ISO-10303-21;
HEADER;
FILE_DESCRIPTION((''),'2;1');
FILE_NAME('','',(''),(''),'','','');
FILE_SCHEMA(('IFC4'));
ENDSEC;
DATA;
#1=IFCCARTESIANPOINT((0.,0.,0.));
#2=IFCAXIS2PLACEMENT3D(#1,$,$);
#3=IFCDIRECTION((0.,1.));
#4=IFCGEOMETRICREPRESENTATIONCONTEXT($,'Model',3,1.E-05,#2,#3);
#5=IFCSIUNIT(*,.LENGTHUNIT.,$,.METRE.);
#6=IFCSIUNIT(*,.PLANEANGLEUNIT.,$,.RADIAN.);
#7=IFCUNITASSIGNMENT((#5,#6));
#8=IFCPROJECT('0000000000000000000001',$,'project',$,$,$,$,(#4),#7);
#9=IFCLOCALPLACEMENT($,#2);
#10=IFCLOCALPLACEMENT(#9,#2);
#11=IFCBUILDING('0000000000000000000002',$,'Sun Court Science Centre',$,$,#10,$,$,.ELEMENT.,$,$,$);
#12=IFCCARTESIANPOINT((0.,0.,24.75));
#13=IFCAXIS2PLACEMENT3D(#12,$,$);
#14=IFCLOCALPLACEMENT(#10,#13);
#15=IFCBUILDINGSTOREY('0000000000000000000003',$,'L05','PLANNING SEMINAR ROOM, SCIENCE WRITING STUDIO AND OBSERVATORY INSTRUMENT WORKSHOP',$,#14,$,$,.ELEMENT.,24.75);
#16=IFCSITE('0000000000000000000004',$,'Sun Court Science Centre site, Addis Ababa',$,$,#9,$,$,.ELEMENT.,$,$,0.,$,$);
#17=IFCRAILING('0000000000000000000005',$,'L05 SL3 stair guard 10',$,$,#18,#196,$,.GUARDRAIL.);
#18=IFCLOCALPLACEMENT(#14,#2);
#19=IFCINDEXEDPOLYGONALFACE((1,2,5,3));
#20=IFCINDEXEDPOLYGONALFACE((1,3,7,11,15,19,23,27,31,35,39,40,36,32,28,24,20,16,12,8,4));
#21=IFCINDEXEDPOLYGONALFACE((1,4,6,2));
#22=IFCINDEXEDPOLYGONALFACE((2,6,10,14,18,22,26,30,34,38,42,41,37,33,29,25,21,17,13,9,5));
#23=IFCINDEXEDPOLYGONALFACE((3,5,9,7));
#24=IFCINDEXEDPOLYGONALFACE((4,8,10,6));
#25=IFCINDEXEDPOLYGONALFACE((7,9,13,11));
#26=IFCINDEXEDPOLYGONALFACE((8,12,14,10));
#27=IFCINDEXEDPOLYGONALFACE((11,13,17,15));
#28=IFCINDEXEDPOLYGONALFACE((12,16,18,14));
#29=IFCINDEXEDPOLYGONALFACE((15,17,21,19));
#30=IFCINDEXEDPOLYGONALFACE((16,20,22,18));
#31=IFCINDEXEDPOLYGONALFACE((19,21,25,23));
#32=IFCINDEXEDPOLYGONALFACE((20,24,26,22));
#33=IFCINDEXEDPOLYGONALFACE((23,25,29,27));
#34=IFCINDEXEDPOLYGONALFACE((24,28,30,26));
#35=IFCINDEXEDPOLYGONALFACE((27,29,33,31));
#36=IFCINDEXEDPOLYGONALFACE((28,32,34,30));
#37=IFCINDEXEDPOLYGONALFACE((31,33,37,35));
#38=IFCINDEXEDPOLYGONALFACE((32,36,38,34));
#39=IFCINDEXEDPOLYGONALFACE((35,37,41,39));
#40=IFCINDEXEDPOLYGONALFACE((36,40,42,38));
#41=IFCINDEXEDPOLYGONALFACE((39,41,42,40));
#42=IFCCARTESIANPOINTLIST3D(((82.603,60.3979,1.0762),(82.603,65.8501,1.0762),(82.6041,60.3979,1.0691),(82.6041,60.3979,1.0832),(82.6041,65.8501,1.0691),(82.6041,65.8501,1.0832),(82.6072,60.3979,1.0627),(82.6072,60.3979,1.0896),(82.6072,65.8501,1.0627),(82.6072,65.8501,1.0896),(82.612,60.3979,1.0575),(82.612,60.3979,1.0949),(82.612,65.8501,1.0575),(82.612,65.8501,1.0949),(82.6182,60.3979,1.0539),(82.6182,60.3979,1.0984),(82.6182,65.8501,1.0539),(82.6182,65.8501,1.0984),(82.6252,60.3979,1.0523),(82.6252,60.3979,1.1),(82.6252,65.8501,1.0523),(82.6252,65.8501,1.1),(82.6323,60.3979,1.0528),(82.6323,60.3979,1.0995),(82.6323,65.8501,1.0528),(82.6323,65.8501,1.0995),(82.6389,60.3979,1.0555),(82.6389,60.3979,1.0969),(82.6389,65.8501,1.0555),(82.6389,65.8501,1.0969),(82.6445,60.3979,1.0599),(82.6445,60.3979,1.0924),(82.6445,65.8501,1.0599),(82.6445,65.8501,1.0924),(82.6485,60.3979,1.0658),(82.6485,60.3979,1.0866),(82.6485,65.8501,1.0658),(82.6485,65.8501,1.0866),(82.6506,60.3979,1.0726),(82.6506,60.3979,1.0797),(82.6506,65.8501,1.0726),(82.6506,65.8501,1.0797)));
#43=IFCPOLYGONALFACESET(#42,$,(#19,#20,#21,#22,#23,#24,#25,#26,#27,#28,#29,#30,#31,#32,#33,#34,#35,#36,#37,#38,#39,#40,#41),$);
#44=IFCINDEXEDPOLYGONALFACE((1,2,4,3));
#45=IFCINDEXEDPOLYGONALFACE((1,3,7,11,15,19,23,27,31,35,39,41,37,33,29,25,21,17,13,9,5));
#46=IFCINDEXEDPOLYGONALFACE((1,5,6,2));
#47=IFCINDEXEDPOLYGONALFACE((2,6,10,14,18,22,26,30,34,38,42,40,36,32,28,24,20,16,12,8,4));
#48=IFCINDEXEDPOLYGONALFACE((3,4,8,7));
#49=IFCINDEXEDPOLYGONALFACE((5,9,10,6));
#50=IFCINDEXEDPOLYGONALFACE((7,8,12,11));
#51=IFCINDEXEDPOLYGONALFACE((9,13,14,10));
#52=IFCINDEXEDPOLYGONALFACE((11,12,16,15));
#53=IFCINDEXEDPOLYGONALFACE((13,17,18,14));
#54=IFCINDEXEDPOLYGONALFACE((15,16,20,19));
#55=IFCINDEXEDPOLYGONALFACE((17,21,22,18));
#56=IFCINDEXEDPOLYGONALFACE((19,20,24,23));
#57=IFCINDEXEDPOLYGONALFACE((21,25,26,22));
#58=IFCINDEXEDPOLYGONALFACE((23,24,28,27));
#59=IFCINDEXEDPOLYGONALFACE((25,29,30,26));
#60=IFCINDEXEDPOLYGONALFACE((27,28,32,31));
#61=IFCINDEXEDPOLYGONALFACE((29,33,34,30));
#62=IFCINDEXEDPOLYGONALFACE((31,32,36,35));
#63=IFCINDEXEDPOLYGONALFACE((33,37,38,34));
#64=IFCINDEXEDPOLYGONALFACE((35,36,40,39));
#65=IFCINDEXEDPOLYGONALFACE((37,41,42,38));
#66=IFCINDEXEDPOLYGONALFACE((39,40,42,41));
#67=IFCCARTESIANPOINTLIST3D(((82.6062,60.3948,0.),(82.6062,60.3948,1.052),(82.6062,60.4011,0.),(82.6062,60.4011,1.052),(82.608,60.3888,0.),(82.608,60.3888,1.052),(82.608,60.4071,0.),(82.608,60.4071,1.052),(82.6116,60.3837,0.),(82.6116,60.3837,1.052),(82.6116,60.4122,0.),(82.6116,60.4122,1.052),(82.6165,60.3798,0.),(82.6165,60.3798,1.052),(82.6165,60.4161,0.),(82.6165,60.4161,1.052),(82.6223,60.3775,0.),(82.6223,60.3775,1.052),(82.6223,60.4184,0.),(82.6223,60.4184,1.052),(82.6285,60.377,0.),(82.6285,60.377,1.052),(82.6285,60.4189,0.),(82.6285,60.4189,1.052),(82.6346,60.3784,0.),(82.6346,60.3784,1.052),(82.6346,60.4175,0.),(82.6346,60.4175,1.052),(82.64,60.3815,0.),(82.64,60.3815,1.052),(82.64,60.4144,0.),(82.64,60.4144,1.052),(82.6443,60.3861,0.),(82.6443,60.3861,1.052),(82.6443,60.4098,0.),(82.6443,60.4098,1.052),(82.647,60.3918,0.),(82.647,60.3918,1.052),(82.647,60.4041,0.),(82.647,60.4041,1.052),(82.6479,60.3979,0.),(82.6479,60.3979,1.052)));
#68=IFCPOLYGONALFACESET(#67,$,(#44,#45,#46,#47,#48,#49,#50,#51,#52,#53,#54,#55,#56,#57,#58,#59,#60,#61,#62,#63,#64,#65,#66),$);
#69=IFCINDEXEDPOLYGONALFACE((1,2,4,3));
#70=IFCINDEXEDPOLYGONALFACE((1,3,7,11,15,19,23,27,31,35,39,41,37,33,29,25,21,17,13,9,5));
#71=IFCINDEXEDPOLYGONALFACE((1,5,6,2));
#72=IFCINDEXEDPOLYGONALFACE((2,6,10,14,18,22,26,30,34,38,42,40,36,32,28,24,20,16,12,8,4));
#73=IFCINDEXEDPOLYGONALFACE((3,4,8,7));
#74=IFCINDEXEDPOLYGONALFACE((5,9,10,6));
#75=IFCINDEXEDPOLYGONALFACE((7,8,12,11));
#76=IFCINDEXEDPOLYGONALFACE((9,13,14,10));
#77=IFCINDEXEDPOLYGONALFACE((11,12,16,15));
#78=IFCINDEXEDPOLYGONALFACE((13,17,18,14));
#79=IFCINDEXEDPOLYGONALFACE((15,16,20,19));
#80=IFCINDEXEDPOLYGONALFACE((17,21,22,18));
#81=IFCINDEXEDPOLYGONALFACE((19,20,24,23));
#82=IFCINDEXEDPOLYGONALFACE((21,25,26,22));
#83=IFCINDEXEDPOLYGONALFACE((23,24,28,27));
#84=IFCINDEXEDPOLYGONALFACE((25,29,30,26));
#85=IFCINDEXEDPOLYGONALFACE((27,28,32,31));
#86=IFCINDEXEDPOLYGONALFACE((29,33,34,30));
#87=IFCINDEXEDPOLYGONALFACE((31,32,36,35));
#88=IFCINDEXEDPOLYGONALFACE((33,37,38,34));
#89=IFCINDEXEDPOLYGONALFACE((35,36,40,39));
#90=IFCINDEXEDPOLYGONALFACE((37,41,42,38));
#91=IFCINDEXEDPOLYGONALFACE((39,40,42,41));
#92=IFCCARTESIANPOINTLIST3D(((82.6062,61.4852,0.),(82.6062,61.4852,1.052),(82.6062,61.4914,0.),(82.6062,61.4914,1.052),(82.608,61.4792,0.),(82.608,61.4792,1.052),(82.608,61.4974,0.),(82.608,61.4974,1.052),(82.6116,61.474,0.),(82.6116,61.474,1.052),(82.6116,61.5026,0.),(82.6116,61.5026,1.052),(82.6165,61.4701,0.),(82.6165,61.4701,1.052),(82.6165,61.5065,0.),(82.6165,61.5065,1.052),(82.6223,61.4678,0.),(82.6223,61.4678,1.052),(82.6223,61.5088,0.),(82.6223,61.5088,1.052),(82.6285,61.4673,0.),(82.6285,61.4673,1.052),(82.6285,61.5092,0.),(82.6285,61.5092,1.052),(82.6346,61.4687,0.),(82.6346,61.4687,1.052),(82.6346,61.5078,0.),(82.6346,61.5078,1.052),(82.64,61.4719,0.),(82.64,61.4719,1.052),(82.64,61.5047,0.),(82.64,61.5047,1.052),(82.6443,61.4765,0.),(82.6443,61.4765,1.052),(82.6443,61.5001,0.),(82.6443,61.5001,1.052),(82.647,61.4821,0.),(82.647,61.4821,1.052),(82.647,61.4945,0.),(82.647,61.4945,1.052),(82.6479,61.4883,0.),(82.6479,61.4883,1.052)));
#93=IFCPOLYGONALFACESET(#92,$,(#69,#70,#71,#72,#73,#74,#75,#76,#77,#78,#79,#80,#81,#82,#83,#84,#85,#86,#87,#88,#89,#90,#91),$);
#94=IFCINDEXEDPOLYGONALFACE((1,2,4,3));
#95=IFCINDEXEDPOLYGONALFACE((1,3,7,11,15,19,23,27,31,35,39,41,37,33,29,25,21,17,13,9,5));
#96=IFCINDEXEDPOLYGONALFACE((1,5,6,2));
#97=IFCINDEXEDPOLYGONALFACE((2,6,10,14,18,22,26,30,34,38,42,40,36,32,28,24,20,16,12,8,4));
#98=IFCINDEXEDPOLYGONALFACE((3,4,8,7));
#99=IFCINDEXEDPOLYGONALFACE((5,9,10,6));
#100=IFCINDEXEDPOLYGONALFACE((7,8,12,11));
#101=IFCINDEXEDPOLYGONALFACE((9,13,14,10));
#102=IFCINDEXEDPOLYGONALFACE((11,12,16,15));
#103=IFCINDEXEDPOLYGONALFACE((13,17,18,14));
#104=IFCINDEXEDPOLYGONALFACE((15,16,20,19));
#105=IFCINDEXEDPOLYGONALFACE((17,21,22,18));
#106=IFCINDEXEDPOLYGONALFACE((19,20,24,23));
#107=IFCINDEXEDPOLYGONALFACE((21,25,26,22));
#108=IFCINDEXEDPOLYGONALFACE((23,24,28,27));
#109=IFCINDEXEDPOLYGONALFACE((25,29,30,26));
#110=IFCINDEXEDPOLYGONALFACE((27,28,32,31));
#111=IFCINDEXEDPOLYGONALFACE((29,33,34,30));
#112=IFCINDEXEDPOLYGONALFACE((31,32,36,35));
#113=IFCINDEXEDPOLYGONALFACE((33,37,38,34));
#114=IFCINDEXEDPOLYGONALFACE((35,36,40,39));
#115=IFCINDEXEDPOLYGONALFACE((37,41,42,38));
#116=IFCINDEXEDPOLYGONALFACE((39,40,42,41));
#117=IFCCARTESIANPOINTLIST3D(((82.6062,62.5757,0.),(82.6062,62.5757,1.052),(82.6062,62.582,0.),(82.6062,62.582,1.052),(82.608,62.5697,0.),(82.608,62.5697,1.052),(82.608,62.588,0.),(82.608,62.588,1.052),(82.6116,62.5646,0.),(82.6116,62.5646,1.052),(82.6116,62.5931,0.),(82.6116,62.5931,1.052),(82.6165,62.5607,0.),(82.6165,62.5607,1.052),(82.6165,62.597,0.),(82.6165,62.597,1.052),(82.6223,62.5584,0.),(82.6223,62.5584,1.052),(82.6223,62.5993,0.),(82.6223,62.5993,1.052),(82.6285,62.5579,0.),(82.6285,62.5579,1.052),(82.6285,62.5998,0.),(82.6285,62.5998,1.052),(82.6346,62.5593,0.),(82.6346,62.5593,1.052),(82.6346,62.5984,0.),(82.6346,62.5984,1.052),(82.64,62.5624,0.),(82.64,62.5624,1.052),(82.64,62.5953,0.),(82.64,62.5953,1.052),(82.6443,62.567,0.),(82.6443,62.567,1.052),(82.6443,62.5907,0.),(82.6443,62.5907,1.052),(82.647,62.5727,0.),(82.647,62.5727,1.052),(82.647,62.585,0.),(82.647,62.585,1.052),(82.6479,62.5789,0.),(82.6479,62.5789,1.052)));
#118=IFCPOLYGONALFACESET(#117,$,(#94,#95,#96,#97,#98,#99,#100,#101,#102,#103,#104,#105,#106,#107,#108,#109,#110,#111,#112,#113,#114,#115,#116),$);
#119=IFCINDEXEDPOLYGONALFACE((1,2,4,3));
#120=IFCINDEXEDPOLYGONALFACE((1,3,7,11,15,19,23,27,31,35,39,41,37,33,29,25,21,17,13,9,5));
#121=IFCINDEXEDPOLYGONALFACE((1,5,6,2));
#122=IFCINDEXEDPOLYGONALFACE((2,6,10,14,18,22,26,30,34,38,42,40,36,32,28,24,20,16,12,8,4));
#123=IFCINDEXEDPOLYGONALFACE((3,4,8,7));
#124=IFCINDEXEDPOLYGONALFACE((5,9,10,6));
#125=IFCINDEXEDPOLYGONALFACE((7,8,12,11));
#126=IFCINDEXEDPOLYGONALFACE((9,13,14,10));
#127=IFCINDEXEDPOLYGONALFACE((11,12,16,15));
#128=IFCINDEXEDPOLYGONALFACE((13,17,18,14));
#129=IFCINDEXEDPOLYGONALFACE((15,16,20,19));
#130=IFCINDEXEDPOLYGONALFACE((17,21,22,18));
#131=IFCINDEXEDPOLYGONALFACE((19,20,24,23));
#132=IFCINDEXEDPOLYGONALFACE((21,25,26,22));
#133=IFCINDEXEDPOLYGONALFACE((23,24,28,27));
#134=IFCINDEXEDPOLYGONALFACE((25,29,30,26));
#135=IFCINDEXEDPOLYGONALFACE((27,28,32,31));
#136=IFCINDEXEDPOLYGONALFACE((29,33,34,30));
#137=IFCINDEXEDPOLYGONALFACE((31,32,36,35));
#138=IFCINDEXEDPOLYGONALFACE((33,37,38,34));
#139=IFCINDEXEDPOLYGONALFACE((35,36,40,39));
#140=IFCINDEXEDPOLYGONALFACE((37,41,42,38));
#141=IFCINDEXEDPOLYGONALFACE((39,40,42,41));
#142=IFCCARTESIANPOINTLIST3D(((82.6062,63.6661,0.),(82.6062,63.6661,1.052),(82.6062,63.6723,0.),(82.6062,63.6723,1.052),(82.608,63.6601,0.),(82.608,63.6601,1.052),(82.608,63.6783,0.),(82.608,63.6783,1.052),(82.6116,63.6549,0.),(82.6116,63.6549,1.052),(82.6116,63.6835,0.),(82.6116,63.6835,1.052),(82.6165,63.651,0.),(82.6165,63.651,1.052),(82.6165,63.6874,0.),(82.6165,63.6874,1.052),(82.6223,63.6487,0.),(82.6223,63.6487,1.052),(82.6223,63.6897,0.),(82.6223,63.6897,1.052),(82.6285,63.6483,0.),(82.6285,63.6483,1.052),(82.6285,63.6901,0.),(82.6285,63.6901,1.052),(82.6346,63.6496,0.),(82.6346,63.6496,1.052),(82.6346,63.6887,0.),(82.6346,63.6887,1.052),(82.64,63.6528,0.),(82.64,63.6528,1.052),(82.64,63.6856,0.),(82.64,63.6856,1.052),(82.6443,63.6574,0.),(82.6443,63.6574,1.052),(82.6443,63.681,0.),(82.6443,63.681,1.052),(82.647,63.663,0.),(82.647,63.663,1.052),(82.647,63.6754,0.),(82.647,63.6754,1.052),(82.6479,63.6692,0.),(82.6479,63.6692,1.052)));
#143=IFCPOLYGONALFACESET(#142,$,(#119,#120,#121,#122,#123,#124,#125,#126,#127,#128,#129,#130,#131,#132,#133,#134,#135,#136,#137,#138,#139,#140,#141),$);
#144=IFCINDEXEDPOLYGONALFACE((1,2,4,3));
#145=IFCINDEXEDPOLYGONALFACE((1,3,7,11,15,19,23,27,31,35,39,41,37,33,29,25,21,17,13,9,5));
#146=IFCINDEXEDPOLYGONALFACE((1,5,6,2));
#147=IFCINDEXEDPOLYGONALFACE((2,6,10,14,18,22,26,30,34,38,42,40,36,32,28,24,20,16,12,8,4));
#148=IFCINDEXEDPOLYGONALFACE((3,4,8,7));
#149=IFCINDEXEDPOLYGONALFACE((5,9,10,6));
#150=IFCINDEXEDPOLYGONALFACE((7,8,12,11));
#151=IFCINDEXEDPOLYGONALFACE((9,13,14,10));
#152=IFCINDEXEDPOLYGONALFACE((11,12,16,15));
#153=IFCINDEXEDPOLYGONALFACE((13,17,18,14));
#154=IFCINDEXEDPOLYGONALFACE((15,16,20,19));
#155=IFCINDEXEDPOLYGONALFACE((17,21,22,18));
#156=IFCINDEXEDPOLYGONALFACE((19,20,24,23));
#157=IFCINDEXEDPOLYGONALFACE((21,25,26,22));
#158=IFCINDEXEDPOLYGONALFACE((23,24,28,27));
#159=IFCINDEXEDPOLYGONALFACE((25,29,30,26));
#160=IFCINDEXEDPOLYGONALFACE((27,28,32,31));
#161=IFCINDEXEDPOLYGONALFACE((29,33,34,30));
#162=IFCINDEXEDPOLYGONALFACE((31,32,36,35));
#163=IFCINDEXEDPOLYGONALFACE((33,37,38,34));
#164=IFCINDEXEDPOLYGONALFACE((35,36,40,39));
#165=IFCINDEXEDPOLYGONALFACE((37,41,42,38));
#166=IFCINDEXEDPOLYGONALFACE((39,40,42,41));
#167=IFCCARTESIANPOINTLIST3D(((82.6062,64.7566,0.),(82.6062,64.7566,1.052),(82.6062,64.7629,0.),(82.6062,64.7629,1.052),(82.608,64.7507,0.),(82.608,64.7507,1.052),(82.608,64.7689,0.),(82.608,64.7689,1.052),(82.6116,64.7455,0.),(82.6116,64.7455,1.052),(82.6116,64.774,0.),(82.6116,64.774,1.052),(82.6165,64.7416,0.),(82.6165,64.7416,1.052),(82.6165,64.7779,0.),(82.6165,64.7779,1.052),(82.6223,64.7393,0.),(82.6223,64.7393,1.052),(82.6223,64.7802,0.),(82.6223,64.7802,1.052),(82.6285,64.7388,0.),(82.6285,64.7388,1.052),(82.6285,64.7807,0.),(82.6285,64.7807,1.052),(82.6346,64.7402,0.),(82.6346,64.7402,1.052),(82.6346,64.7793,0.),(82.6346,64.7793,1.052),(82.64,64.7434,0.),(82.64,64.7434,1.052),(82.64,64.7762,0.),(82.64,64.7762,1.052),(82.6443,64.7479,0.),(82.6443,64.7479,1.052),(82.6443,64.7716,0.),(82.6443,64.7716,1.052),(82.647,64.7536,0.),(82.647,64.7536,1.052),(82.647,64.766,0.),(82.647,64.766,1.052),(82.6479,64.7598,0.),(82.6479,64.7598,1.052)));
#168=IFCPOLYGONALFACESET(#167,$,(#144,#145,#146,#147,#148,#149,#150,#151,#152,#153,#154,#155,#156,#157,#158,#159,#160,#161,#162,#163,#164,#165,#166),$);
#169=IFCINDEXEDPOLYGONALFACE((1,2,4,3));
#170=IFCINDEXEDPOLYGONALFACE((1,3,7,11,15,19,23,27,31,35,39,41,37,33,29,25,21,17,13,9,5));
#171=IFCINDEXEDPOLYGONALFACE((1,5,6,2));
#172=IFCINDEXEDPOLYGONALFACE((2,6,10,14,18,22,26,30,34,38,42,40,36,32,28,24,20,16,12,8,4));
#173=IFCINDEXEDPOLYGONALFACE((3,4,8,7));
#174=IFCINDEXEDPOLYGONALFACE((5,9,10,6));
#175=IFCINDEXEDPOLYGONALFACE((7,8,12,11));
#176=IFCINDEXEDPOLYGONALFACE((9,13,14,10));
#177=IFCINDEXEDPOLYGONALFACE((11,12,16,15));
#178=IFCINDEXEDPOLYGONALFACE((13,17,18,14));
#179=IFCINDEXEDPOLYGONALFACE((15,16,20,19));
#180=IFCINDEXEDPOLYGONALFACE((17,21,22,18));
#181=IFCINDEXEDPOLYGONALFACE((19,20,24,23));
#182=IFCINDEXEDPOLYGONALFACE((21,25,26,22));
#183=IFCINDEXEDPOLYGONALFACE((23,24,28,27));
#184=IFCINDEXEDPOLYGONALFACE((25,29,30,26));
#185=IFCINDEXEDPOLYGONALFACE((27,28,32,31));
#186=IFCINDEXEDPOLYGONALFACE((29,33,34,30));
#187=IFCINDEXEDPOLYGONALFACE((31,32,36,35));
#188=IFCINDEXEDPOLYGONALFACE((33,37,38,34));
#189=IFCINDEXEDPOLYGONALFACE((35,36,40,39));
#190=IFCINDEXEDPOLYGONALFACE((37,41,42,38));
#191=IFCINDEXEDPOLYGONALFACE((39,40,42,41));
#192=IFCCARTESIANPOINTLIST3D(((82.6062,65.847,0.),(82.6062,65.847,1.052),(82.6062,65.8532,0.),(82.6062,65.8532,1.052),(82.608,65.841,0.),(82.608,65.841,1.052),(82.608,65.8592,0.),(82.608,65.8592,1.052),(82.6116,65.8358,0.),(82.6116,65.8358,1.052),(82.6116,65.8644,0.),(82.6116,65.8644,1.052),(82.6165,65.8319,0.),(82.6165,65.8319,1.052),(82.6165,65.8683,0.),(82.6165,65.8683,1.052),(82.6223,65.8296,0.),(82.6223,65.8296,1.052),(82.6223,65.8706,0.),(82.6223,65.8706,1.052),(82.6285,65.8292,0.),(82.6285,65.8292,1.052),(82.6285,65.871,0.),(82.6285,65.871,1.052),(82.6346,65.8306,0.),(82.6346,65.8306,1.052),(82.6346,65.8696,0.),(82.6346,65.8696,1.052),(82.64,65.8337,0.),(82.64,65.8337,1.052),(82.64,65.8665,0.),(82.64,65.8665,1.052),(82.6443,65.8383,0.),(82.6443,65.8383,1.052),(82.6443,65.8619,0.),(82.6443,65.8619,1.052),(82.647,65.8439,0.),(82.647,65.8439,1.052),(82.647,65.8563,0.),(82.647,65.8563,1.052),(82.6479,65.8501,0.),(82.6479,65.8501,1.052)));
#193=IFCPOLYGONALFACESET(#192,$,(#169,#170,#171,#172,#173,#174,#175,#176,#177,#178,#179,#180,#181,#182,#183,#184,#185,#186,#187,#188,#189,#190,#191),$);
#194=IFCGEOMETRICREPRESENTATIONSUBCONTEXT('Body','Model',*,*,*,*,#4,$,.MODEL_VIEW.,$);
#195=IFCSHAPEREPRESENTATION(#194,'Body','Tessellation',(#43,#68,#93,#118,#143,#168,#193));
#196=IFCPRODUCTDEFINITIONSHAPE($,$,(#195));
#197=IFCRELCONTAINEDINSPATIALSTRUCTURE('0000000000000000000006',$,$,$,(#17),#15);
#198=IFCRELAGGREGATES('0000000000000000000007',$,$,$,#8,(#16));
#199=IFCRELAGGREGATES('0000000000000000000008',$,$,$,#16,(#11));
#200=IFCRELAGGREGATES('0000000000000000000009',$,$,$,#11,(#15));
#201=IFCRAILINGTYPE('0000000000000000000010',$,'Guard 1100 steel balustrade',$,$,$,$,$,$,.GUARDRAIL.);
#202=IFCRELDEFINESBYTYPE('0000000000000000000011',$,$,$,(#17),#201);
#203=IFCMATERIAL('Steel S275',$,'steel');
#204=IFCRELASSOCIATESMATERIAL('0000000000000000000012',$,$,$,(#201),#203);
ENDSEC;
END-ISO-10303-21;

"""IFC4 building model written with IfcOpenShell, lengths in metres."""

from ifc_helpers import new_model, si_unit, direction, frame, origin, origin_2d, place, context, subcontext, project, spatial, circle, extrude, material, type_object, element, save


model = new_model("IFC4")

# Units and contexts
model_context = context("Model", 3, precision=1e-05, world=origin(), true_north=direction((0.0, 1.0)))
body_context = subcontext(model_context, "Body", "Model", "MODEL_VIEW")
ifc_project = project(units=[si_unit("LENGTHUNIT", "METRE"), si_unit("PLANEANGLEUNIT", "RADIAN")], contexts=[model_context])

# Site, building, storey
site_placement = place(None, origin())
site = spatial("IfcSite", under=ifc_project, at=site_placement, Name="Sun Court Science Centre site, Addis Ababa", CompositionType="ELEMENT", RefElevation=0.0)
building_placement = place(site_placement, origin())
building = spatial("IfcBuilding", under=site, at=building_placement, Name="Sun Court Science Centre", CompositionType="ELEMENT")
storey_placement = place(building_placement, frame((0.0, 0.0, 24.75)))
storey = spatial("IfcBuildingStorey", under=building, at=storey_placement, Name="L05", Description="PLANNING SEMINAR ROOM, SCIENCE WRITING STUDIO AND OBSERVATORY INSTRUMENT WORKSHOP", CompositionType="ELEMENT", Elevation=24.75)

# Railing
ifc_material_1 = material(Name="Steel S275", Category="steel")
railing_type = type_object("IfcRailingType", Name="Guard 1100 steel balustrade", PredefinedType="GUARDRAIL", material=ifc_material_1)
for number, where, name in (
    (1, (82.627, 60.3979, 0.0), "L05 SL3 stair guard 10"),
):
    element("IfcRailing", number, at=place(storey_placement, frame(where)), inside=storey, type_object=railing_type, Name=name, PredefinedType="GUARDRAIL", context=body_context, shape_type="SweptSolid", body=[
        extrude(circle(Radius=0.0239, at=origin_2d()), frame((0.0, 0.0, 1.0762), z_axis=(0.0, 1.0, 0.0), x_axis=(-1.0, 0.0, 0.0)), (0.0, 0.0, 1.0), 5.4521),
        extrude(circle(Radius=0.021, at=origin_2d()), origin(), (0.0, 0.0, 1.0), 1.052),
        extrude(circle(Radius=0.021, at=origin_2d()), frame((0.0, 1.0903, 0.0)), (0.0, 0.0, 1.0), 1.052),
        extrude(circle(Radius=0.021, at=origin_2d()), frame((0.0, 2.1809, 0.0)), (0.0, 0.0, 1.0), 1.052),
        extrude(circle(Radius=0.021, at=origin_2d()), frame((0.0, 3.2712, 0.0)), (0.0, 0.0, 1.0), 1.052),
        extrude(circle(Radius=0.021, at=origin_2d()), frame((0.0, 4.3618, 0.0)), (0.0, 0.0, 1.0), 1.052),
        extrude(circle(Radius=0.021, at=origin_2d()), frame((0.0, 5.4521, 0.0)), (0.0, 0.0, 1.0), 1.052),
    ])

save(model, "model.ifc")
